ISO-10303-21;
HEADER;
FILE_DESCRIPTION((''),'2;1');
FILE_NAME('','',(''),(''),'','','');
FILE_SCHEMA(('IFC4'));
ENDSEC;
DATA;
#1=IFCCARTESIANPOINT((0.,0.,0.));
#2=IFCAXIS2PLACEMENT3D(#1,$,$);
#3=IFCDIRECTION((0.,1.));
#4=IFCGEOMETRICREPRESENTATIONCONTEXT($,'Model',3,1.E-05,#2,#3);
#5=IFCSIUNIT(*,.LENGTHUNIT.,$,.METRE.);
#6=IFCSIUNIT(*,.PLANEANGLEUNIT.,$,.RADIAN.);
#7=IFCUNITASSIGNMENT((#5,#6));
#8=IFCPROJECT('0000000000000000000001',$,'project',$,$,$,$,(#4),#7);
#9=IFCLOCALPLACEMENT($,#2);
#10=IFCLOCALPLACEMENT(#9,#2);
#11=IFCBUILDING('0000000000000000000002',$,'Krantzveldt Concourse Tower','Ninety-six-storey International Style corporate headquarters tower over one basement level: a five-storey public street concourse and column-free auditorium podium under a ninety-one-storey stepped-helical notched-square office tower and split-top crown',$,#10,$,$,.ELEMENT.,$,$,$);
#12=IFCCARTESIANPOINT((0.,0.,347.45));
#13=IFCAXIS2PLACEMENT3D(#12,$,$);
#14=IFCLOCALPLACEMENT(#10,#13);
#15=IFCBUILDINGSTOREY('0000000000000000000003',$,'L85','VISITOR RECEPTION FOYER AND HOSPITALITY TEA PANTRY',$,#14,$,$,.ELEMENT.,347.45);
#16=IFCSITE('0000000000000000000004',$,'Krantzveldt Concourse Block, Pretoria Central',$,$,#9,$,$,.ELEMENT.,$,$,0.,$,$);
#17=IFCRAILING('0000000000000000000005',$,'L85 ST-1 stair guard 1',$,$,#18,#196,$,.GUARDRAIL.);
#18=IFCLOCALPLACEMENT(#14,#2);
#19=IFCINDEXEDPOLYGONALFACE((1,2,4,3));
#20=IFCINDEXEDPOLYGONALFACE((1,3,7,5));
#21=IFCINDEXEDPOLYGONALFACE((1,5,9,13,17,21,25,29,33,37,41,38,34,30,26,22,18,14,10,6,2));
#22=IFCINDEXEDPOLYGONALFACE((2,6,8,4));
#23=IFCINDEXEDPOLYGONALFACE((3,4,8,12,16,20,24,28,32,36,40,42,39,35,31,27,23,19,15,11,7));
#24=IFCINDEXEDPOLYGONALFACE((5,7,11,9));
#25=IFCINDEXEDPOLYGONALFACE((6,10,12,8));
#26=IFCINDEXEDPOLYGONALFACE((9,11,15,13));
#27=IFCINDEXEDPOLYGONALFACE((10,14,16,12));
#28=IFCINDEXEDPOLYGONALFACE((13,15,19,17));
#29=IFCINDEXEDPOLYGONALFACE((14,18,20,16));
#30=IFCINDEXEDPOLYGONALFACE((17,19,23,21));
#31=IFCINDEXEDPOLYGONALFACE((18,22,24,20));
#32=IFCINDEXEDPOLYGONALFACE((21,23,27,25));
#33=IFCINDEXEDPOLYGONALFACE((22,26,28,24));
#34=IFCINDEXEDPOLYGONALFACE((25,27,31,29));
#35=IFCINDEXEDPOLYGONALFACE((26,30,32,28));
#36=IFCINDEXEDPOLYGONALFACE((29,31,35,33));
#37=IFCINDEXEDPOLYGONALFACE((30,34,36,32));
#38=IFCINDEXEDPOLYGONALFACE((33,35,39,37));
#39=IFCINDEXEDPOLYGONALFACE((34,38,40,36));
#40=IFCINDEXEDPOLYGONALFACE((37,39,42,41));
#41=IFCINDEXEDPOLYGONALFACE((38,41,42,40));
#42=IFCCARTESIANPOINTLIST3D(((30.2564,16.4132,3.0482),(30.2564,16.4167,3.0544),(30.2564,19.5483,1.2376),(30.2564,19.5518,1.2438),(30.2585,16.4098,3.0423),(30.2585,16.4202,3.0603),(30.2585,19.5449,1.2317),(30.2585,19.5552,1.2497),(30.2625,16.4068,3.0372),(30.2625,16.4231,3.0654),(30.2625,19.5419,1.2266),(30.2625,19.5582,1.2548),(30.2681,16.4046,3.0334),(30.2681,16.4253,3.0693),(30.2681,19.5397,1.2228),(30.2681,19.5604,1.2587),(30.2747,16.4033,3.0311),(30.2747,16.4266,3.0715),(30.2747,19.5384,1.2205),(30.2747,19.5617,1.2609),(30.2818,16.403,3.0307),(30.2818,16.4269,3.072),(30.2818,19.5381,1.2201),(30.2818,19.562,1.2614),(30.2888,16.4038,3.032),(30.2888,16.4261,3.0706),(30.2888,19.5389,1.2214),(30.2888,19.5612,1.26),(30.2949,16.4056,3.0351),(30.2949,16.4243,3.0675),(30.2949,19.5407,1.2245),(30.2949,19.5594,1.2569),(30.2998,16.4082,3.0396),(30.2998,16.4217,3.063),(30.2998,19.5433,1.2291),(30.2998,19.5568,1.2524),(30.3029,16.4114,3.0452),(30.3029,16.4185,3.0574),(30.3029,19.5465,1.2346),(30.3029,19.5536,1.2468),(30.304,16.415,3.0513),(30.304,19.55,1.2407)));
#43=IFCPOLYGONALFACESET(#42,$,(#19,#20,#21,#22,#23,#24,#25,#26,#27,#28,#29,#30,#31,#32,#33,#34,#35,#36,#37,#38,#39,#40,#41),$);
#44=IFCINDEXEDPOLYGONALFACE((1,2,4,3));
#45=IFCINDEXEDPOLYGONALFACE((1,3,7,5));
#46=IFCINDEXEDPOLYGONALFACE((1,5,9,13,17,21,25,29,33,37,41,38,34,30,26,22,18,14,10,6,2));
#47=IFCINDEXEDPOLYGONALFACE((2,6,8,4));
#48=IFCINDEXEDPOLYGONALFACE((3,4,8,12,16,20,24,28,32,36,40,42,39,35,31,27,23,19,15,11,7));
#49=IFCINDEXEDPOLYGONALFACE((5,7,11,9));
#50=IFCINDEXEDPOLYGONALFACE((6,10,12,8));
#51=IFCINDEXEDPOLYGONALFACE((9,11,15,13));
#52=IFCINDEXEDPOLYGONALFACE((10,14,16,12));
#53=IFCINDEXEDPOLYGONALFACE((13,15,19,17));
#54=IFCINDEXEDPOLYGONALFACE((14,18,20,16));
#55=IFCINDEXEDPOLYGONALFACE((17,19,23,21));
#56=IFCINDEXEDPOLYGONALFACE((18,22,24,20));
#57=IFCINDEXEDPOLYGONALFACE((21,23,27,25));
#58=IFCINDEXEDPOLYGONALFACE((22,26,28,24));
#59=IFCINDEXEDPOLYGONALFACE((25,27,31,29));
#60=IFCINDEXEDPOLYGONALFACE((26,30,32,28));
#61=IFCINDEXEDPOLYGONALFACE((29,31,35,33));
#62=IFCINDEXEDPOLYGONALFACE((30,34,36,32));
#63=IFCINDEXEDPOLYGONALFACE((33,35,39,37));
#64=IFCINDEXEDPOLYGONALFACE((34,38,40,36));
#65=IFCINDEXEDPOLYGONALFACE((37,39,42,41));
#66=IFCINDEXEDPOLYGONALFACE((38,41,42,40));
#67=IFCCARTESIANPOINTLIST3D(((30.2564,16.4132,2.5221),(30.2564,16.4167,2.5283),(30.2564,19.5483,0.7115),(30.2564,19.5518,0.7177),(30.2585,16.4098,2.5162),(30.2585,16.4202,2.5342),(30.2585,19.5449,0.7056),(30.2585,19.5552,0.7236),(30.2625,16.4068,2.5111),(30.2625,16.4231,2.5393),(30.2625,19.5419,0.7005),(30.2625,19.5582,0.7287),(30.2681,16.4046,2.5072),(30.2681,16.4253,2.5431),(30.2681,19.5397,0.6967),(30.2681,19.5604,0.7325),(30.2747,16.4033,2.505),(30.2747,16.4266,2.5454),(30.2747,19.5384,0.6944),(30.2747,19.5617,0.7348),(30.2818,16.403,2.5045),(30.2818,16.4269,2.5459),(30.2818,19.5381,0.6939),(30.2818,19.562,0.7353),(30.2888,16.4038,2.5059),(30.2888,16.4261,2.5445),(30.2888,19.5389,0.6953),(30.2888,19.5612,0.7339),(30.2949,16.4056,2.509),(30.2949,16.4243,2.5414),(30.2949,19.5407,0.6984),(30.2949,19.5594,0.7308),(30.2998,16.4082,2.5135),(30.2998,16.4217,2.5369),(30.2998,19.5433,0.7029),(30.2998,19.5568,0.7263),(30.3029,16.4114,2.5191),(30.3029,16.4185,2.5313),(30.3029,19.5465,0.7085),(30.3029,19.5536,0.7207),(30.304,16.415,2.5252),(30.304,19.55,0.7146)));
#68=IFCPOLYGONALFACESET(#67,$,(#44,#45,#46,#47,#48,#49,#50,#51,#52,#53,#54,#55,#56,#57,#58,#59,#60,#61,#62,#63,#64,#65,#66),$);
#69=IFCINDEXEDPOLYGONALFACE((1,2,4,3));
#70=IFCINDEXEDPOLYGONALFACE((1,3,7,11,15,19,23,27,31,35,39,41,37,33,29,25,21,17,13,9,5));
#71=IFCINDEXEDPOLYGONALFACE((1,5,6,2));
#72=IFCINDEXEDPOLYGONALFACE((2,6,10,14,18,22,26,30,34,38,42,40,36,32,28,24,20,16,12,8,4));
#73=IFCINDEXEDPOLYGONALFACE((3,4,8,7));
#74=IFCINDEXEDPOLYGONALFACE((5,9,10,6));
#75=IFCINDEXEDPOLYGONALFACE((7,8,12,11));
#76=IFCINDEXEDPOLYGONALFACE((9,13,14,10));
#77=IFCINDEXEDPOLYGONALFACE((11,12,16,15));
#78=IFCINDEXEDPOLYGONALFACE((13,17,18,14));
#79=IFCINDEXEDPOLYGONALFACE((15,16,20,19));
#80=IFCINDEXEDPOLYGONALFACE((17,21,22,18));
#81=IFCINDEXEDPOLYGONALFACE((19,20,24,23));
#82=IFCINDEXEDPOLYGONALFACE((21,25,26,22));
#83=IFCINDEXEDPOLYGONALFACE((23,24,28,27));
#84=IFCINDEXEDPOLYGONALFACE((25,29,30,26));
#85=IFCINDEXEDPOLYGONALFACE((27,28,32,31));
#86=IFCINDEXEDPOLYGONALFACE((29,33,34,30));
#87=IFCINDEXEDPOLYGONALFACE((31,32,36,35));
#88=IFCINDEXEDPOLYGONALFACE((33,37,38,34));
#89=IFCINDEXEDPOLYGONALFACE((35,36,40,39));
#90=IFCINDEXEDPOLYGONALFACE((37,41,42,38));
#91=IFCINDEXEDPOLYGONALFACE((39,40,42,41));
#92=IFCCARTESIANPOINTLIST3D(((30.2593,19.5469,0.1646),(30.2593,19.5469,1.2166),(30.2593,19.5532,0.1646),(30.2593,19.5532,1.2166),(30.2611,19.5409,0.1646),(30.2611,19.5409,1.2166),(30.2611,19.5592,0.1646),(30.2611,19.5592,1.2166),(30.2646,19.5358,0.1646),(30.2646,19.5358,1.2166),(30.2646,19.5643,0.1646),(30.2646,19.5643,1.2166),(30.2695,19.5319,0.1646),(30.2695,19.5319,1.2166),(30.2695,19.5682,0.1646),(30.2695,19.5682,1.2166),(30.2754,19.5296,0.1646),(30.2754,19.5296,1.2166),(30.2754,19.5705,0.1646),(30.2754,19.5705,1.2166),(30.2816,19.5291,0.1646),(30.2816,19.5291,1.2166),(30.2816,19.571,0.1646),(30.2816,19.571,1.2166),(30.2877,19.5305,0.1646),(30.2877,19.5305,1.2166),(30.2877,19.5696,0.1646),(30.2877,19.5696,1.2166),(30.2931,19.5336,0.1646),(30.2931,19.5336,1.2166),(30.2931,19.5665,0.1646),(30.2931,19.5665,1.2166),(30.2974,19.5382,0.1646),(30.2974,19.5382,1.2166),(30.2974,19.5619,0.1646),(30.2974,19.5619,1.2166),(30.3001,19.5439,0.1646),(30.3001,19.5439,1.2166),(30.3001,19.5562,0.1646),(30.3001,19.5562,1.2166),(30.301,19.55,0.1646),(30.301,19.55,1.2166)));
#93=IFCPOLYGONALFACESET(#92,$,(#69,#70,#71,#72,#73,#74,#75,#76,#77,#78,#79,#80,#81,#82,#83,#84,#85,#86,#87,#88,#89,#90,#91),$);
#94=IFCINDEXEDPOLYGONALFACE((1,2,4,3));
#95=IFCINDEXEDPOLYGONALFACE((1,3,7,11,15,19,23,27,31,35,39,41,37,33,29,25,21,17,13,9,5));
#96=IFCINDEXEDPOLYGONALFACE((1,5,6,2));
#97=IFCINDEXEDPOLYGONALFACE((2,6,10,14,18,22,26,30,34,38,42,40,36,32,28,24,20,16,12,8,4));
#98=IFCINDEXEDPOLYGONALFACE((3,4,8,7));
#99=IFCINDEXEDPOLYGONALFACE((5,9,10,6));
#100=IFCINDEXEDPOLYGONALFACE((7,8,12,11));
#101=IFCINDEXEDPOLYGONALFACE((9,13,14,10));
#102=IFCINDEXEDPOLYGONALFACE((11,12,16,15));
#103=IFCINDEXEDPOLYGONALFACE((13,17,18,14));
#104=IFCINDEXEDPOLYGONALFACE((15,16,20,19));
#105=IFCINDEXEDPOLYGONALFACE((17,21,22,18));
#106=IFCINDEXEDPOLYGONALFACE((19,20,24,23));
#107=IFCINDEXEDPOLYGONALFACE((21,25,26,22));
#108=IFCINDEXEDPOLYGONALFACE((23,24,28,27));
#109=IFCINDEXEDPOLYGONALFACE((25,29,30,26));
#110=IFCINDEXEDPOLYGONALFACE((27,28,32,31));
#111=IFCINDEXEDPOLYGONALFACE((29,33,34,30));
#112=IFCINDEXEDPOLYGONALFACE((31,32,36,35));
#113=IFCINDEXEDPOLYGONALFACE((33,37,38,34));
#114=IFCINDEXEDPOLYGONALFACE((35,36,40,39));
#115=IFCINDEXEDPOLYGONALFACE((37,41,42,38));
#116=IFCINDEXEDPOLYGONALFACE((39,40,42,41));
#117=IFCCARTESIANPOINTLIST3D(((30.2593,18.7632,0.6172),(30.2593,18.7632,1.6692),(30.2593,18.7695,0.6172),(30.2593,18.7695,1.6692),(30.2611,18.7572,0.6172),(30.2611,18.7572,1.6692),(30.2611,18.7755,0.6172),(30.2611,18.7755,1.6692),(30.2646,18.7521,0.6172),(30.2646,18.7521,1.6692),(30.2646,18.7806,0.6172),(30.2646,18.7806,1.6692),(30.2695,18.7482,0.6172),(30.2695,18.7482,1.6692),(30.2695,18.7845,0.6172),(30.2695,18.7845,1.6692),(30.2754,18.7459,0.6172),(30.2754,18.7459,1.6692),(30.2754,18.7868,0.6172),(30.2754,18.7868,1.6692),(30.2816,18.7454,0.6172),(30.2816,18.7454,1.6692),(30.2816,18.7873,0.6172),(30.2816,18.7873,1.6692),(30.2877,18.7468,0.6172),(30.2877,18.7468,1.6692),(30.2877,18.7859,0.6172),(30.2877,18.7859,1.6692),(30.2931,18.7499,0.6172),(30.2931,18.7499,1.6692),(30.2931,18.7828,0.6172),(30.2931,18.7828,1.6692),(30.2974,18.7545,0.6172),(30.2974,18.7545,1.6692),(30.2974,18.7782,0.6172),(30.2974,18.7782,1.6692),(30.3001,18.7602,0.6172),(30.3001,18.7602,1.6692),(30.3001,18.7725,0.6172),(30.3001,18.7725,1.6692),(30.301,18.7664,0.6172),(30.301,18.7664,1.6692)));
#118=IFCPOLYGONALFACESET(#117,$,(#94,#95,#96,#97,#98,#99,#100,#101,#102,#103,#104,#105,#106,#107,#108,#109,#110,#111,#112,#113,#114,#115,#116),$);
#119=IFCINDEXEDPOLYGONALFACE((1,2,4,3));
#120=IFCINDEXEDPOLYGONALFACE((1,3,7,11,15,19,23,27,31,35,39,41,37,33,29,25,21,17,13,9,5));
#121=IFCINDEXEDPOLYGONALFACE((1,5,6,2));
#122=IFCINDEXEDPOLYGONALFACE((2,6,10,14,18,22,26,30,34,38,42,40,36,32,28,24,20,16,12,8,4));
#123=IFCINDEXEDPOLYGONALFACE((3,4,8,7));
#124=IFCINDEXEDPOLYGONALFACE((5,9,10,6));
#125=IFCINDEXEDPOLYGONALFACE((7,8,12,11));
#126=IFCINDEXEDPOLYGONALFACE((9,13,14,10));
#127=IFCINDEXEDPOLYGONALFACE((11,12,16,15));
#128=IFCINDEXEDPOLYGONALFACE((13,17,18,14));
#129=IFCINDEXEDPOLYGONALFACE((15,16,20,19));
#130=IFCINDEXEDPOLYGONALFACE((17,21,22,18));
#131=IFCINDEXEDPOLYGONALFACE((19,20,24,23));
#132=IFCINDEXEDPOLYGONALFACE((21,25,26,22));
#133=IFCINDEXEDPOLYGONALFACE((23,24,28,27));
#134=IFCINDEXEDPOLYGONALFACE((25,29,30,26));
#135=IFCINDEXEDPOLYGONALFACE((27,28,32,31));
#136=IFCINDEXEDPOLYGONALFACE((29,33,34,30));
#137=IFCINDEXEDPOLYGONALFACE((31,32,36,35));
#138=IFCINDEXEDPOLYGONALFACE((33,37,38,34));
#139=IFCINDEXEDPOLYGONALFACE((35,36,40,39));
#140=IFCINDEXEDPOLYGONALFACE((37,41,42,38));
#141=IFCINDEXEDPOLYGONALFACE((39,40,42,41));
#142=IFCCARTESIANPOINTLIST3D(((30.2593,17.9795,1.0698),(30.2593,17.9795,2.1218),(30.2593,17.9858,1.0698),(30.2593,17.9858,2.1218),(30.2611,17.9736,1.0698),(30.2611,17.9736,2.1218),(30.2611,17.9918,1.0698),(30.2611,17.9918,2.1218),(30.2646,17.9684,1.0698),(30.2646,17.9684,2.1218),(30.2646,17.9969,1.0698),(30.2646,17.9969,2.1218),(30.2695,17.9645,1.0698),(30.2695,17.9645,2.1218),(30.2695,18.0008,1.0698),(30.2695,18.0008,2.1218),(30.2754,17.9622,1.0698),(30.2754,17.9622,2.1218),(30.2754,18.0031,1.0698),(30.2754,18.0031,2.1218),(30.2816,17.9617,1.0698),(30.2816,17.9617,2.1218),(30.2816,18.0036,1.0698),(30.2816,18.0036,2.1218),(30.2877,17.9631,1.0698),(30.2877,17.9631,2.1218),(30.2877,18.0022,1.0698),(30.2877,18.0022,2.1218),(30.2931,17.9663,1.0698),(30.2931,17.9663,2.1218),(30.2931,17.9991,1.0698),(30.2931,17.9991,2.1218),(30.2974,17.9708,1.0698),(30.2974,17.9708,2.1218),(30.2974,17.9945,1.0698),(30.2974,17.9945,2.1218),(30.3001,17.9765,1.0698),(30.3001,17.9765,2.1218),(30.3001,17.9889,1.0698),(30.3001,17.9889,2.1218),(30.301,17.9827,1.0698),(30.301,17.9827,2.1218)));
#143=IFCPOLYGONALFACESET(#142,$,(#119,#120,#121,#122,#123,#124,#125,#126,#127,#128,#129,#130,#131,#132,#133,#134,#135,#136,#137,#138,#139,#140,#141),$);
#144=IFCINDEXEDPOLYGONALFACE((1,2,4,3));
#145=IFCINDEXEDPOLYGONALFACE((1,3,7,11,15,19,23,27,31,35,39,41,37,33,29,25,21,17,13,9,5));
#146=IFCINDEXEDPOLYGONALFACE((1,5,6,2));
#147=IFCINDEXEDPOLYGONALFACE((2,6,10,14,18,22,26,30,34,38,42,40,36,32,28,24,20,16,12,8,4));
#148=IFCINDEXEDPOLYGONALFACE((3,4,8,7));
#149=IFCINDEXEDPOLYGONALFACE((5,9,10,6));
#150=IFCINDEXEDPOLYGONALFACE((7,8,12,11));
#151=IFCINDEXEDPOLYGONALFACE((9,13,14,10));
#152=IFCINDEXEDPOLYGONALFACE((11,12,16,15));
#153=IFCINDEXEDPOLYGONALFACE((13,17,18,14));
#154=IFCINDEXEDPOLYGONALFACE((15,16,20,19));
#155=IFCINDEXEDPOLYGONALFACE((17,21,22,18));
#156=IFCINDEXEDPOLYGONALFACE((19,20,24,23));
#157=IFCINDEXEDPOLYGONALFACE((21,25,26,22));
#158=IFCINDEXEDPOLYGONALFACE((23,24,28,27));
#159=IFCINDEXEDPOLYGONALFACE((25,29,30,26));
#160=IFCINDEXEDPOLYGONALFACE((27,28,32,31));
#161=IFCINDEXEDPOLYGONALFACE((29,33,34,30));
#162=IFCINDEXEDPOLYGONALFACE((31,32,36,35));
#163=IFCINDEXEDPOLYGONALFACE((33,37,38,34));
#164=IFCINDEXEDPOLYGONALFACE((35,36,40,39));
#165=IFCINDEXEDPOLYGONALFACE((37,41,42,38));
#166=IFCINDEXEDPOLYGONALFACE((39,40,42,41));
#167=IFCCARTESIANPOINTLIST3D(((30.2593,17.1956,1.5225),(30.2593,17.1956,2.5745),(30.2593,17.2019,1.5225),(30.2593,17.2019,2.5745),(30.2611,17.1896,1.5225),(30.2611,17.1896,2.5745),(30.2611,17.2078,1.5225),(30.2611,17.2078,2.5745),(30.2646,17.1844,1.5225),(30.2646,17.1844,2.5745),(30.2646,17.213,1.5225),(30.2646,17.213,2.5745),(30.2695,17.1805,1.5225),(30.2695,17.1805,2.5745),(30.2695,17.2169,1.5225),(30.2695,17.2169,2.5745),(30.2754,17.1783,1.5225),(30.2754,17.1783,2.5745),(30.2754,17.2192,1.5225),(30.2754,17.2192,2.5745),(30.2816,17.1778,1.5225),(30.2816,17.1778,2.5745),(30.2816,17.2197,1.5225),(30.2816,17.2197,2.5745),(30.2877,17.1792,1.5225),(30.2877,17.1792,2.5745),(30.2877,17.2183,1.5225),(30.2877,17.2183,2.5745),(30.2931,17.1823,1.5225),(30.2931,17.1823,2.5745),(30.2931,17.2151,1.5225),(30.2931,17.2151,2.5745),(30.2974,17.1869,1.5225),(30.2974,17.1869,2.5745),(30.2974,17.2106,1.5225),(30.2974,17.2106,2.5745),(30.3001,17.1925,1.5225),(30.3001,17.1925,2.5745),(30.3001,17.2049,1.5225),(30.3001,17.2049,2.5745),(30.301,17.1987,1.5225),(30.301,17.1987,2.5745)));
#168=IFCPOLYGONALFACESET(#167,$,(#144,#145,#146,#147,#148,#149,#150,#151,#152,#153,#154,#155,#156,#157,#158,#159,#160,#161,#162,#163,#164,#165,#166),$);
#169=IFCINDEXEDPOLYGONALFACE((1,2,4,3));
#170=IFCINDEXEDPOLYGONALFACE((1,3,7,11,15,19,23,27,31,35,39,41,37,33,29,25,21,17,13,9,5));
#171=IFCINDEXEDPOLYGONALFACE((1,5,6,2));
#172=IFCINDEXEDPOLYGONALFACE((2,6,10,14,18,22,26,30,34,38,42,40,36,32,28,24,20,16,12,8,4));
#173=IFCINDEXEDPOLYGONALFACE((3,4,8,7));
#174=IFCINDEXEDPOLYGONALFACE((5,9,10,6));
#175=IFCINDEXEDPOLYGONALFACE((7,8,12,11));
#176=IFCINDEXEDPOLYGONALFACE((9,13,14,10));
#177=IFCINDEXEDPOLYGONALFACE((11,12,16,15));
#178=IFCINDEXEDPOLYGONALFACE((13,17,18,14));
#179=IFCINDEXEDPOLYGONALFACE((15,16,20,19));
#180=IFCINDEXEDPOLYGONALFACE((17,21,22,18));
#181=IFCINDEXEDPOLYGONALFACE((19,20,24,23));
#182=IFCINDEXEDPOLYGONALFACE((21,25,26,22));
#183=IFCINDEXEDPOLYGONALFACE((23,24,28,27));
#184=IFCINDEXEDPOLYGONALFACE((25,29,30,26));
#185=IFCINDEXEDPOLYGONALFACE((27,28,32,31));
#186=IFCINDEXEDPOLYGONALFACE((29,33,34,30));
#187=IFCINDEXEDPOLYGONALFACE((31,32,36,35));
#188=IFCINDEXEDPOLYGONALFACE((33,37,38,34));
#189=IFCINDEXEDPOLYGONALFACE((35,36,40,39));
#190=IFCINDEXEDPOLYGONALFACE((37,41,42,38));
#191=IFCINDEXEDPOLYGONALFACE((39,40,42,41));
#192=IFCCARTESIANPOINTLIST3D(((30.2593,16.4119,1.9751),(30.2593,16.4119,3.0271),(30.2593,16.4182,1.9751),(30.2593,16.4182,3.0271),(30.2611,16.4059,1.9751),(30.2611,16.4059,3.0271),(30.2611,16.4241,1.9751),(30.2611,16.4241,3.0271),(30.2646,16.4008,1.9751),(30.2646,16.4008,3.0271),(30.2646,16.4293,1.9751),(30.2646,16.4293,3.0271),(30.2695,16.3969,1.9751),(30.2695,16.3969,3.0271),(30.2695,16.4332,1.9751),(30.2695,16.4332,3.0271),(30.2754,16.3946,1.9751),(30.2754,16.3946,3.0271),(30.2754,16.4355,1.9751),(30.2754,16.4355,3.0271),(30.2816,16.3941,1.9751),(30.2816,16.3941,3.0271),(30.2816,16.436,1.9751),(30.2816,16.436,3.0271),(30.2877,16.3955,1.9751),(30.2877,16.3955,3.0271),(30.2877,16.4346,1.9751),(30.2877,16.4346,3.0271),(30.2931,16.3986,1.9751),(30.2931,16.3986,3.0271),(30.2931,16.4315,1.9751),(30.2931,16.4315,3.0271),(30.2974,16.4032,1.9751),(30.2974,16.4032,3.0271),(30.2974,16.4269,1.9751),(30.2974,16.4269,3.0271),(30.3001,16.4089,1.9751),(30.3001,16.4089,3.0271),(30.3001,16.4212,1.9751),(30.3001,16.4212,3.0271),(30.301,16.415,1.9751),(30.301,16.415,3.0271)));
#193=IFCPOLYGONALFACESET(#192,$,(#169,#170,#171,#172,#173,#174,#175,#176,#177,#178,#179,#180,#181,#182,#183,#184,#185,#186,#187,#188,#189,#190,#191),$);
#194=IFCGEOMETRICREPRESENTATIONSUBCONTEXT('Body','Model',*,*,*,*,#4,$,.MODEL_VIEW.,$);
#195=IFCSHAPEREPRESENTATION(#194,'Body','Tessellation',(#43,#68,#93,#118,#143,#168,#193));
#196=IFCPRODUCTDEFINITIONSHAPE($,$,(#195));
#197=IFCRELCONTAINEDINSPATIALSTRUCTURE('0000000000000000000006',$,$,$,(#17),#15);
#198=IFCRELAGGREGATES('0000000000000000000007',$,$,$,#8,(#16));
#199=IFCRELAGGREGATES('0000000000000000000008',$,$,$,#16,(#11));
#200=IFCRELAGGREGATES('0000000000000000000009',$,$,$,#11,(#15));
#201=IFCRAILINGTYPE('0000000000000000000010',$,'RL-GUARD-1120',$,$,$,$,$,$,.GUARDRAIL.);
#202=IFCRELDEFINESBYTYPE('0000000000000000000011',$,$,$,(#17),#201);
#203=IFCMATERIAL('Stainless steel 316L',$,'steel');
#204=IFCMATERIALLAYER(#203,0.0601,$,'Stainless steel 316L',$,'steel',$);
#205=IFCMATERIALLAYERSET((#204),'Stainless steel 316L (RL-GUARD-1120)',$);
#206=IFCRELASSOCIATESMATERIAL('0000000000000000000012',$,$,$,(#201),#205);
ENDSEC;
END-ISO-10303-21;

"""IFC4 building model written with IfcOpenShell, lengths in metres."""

from ifc_helpers import new_model, si_unit, direction, frame, origin, origin_2d, place, context, subcontext, project, spatial, circle, extrude, material, layer, layer_set, type_object, element, save


model = new_model("IFC4")

# Units and contexts
model_context = context("Model", 3, precision=1e-05, world=origin(), true_north=direction((0.0, 1.0)))
body_context = subcontext(model_context, "Body", "Model", "MODEL_VIEW")
ifc_project = project(units=[si_unit("LENGTHUNIT", "METRE"), si_unit("PLANEANGLEUNIT", "RADIAN")], contexts=[model_context])

# Site, building, storey
site_placement = place(None, origin())
site = spatial("IfcSite", under=ifc_project, at=site_placement, Name="Krantzveldt Concourse Block, Pretoria Central", CompositionType="ELEMENT", RefElevation=0.0)
building_placement = place(site_placement, origin())
building = spatial("IfcBuilding", under=site, at=building_placement, Name="Krantzveldt Concourse Tower", Description="Ninety-six-storey International Style corporate headquarters tower over one basement level: a five-storey public street concourse and column-free auditorium podium under a ninety-one-storey stepped-helical notched-square office tower and split-top crown", CompositionType="ELEMENT")
storey_placement = place(building_placement, frame((0.0, 0.0, 347.45)))
storey = spatial("IfcBuildingStorey", under=building, at=storey_placement, Name="L85", Description="VISITOR RECEPTION FOYER AND HOSPITALITY TEA PANTRY", CompositionType="ELEMENT", Elevation=347.45)

# Shared definitions
ifc_material_1 = material(Name="Stainless steel 316L", Category="steel")

# Railing
ifc_layer_1 = layer(ifc_material_1, 0.0601, Name="Stainless steel 316L", Category="steel")
ifc_layer_set_1 = layer_set([ifc_layer_1], Name="Stainless steel 316L (RL-GUARD-1120)")
railing_type_1 = type_object("IfcRailingType", Name="RL-GUARD-1120", PredefinedType="GUARDRAIL", material=ifc_layer_set_1)
railing_1_placement = place(storey_placement, frame((30.28, 19.55, 0.1646)))
element("IfcRailing", 1, at=railing_1_placement, inside=storey, type_object=railing_type_1, Name="L85 ST-1 stair guard 1", PredefinedType="GUARDRAIL", context=body_context, shape_type="SweptSolid", body=[
    extrude(circle(Radius=0.0239, at=origin_2d()), frame((0.0, 0.0, 1.0762), z_axis=(0.0, -0.86596, 0.500114), x_axis=(1.0, 0.0, 0.0)), (0.0, 0.0, 1.0), 3.6204),
    extrude(circle(Radius=0.0239, at=origin_2d()), frame((0.0, 0.0, 0.55), z_axis=(0.0, -0.86596, 0.500114), x_axis=(1.0, 0.0, 0.0)), (0.0, 0.0, 1.0), 3.6204),
    extrude(circle(Radius=0.021, at=origin_2d()), origin(), (0.0, 0.0, 1.0), 1.052),
    extrude(circle(Radius=0.021, at=origin_2d()), frame((0.0, -0.7837, 0.4526)), (0.0, 0.0, 1.0), 1.052),
    extrude(circle(Radius=0.021, at=origin_2d()), frame((0.0, -1.5674, 0.9053)), (0.0, 0.0, 1.0), 1.052),
    extrude(circle(Radius=0.021, at=origin_2d()), frame((0.0, -2.3513, 1.3579)), (0.0, 0.0, 1.0), 1.052),
    extrude(circle(Radius=0.021, at=origin_2d()), frame((0.0, -3.135, 1.8105)), (0.0, 0.0, 1.0), 1.052),
])

save(model, "model.ifc")
